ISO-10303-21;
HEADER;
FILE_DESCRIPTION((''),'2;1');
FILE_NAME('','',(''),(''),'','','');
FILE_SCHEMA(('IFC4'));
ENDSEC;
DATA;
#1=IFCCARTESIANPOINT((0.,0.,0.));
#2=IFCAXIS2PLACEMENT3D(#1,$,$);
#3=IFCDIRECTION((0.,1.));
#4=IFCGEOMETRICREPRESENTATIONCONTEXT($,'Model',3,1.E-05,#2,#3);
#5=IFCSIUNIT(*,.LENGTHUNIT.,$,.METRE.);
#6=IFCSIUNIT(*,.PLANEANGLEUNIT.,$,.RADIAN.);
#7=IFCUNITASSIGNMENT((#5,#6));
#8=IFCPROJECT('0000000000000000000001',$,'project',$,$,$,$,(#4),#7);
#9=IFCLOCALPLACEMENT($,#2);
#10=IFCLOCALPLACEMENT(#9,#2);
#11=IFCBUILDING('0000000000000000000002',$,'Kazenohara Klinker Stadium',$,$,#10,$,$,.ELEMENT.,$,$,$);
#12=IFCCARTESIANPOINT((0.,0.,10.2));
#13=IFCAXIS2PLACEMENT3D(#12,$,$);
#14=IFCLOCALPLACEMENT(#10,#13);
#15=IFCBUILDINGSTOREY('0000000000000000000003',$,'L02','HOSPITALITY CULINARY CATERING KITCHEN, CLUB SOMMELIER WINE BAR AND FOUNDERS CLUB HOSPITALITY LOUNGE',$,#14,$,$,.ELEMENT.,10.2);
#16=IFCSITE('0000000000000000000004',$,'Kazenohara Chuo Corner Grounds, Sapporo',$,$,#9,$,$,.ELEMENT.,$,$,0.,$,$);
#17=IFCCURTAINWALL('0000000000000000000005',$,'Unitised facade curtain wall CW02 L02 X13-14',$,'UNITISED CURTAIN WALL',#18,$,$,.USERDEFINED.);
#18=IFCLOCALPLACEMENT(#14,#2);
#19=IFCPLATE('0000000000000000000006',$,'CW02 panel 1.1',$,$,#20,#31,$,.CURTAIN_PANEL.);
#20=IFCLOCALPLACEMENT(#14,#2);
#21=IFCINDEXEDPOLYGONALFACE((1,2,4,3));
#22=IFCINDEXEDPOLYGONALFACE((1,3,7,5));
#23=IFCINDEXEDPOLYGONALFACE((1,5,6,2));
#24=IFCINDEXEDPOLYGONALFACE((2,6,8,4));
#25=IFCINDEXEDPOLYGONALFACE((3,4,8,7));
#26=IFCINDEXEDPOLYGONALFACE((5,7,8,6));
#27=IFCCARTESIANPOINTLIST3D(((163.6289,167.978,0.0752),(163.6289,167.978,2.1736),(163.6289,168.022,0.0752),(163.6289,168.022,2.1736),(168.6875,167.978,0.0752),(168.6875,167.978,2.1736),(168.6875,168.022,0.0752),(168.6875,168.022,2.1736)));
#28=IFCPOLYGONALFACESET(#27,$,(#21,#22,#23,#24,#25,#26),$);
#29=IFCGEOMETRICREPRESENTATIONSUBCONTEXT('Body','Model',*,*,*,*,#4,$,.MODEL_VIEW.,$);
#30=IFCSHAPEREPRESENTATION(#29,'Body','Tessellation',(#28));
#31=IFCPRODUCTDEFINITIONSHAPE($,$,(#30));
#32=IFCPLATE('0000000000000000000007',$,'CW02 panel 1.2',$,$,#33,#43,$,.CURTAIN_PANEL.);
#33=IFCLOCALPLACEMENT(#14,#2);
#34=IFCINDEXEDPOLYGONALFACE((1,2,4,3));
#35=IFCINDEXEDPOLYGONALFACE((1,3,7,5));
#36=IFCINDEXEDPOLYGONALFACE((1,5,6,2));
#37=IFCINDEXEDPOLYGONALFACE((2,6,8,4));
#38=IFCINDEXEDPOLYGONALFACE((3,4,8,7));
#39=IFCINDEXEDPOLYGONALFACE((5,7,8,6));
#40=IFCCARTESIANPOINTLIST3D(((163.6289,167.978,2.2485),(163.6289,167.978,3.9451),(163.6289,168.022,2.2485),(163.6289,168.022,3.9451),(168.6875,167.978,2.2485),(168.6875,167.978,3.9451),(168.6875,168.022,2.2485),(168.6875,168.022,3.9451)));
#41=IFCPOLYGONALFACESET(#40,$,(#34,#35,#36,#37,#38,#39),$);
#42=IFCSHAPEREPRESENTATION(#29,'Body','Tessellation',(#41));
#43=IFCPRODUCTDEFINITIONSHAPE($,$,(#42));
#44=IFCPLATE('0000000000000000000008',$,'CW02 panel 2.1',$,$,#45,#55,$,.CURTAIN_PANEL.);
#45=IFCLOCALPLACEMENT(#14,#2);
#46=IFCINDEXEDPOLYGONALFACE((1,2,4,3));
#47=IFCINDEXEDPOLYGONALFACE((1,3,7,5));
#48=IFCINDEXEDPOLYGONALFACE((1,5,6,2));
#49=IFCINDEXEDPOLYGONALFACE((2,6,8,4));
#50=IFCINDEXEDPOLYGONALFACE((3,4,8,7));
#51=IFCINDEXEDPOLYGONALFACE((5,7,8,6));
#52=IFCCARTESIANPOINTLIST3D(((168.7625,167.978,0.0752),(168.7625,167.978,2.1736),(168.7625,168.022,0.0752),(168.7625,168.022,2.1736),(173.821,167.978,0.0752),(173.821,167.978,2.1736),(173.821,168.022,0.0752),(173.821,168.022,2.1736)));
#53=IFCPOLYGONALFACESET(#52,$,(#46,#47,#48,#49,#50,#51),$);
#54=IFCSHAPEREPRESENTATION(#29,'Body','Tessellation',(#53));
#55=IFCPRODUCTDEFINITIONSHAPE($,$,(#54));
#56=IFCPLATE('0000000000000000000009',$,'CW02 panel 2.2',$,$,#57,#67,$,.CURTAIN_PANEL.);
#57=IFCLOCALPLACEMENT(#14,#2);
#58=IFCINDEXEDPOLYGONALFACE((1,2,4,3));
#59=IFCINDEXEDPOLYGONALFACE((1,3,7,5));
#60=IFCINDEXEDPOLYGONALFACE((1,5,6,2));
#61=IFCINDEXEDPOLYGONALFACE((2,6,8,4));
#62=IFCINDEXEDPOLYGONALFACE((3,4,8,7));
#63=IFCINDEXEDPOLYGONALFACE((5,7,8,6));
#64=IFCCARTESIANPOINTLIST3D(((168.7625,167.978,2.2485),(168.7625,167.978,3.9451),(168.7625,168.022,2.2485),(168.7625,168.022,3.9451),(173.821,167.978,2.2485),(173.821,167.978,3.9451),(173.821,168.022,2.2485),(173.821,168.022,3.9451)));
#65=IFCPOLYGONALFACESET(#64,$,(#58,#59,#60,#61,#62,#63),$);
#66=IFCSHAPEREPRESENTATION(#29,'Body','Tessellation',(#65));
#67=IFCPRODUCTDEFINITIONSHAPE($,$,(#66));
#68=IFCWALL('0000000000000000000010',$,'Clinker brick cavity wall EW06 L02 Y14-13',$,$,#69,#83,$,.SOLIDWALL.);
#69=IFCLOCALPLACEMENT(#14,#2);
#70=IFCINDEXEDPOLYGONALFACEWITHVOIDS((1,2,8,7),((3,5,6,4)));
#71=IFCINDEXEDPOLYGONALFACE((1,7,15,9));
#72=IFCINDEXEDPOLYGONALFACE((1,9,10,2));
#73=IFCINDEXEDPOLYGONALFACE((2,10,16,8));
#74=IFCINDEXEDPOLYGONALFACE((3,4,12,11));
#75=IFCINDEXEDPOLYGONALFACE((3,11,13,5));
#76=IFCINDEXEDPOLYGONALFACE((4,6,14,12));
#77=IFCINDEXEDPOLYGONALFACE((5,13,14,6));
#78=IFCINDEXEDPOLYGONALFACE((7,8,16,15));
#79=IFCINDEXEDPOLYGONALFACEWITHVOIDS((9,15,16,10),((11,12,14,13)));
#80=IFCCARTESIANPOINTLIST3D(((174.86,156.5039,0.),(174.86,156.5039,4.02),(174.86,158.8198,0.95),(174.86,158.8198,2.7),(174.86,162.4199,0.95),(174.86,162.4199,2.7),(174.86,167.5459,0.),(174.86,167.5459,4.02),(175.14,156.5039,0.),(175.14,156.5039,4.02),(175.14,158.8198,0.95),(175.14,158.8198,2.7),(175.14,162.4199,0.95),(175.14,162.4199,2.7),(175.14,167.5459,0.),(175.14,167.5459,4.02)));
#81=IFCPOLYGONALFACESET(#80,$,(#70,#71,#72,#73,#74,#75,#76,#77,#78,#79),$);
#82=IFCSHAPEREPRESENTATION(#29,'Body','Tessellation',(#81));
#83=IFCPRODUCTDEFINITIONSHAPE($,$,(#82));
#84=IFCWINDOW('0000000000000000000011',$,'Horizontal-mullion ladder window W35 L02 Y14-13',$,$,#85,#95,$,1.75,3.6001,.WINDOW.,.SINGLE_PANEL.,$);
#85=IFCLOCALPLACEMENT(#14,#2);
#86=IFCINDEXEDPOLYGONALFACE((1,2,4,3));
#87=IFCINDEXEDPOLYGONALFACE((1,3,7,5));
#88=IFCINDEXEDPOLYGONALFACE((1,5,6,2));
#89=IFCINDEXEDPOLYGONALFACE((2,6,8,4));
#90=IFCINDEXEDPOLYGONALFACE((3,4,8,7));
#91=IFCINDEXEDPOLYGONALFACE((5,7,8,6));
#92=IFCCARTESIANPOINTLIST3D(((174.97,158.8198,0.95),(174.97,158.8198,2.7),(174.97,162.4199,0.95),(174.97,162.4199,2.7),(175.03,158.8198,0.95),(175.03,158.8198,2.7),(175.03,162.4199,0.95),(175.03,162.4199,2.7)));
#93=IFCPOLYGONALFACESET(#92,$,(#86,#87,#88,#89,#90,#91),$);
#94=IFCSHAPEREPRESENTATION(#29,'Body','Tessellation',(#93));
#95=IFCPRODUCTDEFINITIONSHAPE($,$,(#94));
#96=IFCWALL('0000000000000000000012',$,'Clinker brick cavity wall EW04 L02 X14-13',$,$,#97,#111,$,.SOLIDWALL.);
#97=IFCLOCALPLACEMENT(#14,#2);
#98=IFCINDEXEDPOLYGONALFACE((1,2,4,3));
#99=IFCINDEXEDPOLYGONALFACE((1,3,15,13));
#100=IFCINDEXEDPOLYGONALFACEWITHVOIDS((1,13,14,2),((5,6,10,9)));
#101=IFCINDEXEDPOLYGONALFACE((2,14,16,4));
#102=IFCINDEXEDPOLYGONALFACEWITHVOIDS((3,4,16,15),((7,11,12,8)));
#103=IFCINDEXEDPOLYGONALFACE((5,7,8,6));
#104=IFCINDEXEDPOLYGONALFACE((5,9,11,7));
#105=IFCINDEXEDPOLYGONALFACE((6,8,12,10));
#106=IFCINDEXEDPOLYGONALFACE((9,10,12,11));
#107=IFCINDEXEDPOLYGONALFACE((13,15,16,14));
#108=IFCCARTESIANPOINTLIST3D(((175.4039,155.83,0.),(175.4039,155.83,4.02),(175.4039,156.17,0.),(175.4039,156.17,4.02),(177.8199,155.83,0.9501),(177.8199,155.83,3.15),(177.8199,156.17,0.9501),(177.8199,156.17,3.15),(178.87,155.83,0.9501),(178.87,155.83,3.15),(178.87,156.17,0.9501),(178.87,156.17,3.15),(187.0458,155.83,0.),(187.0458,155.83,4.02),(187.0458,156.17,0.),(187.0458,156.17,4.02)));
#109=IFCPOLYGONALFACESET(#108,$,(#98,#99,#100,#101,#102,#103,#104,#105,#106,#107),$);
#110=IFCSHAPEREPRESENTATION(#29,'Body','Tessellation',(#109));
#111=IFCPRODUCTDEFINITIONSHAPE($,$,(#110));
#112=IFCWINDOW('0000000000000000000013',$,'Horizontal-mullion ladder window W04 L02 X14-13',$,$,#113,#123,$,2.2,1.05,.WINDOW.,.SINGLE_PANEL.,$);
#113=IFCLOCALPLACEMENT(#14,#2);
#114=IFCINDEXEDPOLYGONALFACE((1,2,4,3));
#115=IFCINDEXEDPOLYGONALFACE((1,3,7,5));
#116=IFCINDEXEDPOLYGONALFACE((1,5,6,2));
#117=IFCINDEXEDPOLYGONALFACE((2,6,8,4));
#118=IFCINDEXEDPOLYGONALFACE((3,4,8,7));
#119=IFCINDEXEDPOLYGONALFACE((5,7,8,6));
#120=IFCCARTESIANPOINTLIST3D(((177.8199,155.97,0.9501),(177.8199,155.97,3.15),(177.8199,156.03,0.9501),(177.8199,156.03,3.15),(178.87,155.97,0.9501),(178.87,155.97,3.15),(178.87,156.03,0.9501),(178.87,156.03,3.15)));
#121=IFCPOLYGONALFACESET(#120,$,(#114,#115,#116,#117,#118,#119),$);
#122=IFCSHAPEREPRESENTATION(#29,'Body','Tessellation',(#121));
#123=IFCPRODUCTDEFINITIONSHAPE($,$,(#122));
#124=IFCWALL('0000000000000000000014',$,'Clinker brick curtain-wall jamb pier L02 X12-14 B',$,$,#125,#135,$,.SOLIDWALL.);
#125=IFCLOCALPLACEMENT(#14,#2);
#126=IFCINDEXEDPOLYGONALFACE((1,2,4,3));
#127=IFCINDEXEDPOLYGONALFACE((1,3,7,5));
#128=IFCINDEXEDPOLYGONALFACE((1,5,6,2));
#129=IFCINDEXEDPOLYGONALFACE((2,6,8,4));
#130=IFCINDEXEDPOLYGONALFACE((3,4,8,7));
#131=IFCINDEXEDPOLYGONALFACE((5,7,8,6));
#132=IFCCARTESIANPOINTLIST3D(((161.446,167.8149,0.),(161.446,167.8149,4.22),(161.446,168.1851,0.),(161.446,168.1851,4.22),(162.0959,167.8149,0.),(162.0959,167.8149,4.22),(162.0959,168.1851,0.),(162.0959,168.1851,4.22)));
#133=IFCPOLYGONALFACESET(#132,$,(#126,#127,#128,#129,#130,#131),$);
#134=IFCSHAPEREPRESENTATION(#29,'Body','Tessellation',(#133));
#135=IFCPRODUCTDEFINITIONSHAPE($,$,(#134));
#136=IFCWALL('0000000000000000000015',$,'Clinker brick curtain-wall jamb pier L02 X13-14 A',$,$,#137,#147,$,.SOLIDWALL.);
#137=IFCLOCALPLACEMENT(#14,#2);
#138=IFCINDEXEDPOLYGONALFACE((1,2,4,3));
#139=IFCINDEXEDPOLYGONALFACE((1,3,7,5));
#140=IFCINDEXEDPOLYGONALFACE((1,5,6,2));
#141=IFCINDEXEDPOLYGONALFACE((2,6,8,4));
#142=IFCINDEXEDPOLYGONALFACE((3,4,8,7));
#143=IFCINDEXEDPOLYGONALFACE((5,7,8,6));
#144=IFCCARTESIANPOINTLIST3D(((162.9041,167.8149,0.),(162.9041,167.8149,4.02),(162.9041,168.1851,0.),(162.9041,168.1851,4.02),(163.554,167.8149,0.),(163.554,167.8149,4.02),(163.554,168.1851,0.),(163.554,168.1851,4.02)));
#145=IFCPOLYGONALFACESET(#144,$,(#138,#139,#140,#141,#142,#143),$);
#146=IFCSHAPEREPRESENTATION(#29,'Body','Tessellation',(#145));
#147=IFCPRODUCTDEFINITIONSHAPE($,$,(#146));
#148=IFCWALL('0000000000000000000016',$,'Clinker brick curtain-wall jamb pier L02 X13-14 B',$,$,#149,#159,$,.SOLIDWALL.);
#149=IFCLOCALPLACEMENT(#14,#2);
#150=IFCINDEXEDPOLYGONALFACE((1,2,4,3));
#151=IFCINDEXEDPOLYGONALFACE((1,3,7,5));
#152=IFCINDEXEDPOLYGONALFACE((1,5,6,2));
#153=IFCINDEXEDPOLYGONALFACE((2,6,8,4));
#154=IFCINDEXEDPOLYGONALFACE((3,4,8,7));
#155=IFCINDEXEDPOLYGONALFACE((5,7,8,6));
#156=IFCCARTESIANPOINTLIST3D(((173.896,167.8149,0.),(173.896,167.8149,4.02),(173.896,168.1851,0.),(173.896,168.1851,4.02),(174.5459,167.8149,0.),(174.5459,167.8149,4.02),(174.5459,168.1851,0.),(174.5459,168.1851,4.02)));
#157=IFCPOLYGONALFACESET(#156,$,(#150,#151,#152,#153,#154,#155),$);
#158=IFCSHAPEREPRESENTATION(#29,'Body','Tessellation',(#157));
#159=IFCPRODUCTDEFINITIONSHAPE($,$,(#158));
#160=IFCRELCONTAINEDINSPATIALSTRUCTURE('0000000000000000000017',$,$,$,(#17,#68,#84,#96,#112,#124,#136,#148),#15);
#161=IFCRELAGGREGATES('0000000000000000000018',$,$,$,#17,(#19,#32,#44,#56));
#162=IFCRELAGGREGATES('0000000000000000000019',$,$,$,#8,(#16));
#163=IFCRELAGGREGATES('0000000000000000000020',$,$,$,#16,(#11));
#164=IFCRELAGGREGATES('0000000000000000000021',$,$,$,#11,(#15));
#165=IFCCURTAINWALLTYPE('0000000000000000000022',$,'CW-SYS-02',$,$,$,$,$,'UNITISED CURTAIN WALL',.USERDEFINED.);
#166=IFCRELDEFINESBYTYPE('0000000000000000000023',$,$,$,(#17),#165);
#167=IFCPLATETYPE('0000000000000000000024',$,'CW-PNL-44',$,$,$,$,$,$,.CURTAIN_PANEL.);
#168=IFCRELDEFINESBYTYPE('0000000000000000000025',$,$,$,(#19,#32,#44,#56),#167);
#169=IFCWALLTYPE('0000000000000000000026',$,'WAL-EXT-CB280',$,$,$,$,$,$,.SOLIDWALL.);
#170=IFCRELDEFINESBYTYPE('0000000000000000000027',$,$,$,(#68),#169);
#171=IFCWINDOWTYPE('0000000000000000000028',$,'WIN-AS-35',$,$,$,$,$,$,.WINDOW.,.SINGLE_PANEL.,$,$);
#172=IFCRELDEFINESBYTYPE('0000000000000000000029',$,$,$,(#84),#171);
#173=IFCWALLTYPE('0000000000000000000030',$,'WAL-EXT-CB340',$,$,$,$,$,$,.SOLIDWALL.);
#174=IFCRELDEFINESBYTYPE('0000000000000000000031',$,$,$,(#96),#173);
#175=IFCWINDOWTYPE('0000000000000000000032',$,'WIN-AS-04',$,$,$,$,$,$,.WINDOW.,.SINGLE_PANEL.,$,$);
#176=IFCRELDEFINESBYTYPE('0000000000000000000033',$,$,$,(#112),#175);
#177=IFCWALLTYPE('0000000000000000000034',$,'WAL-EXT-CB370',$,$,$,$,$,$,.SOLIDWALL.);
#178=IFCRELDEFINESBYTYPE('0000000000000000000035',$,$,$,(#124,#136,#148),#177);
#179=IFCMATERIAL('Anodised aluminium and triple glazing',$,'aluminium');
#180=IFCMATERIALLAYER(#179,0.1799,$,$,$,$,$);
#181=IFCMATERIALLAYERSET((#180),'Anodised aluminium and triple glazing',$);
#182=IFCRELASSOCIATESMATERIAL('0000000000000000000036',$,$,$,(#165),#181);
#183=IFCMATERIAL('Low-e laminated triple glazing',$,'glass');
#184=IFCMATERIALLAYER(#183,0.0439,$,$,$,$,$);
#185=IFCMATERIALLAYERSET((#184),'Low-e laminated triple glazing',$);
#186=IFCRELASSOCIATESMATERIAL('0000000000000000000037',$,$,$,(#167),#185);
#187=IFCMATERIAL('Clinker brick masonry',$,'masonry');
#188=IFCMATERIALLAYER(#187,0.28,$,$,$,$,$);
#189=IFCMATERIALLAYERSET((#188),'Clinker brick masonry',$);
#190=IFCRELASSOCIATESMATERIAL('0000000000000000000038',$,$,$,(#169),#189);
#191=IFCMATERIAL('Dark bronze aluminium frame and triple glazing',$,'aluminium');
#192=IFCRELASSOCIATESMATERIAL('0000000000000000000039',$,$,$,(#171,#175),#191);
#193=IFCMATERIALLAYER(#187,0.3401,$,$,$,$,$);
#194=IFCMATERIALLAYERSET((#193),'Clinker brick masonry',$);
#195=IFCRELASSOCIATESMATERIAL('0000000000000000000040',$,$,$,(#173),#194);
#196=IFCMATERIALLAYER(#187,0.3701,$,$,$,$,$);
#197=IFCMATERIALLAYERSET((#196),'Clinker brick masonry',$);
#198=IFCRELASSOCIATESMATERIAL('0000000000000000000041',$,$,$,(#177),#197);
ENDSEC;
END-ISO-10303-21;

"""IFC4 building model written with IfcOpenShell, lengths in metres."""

from ifc_helpers import new_model, si_unit, direction, frame, frame_2d, origin, origin_2d, place, context, subcontext, project, spatial, rectangle, extrude, material, layer, layer_set, type_object, element, fill, aggregate, save


model = new_model("IFC4")

# Units and contexts
model_context = context("Model", 3, precision=1e-05, world=origin(), true_north=direction((0.0, 1.0)))
body_context = subcontext(model_context, "Body", "Model", "MODEL_VIEW")
ifc_project = project(units=[si_unit("LENGTHUNIT", "METRE"), si_unit("PLANEANGLEUNIT", "RADIAN")], contexts=[model_context])

# Site, building, storey
site_placement = place(None, origin())
site = spatial("IfcSite", under=ifc_project, at=site_placement, Name="Kazenohara Chuo Corner Grounds, Sapporo", CompositionType="ELEMENT", RefElevation=0.0)
building_placement = place(site_placement, origin())
building = spatial("IfcBuilding", under=site, at=building_placement, Name="Kazenohara Klinker Stadium", CompositionType="ELEMENT")
storey_placement = place(building_placement, frame((0.0, 0.0, 10.2)))
storey = spatial("IfcBuildingStorey", under=building, at=storey_placement, Name="L02", Description="HOSPITALITY CULINARY CATERING KITCHEN, CLUB SOMMELIER WINE BAR AND FOUNDERS CLUB HOSPITALITY LOUNGE", CompositionType="ELEMENT", Elevation=10.2)

# Shared definitions
ifc_material_1 = material(Name="Anodised aluminium and triple glazing", Category="aluminium")

# Curtain wall
ifc_layer_1 = layer(ifc_material_1, 0.1799)
ifc_layer_set_1 = layer_set([ifc_layer_1], Name="Anodised aluminium and triple glazing")
curtain_wall_type_1 = type_object("IfcCurtainWallType", Name="CW-SYS-02", ElementType="UNITISED CURTAIN WALL", PredefinedType="USERDEFINED", material=ifc_layer_set_1)
curtain_wall_1_placement = place(storey_placement, origin())
curtain_wall_1 = element("IfcCurtainWall", 1, at=curtain_wall_1_placement, inside=storey, type_object=curtain_wall_type_1, Name="Unitised facade curtain wall CW02 L02 X13-14", ObjectType="UNITISED CURTAIN WALL", PredefinedType="USERDEFINED")

# Plates
ifc_material_2 = material(Name="Low-e laminated triple glazing", Category="glass")
ifc_layer_2 = layer(ifc_material_2, 0.0439)
ifc_layer_set_2 = layer_set([ifc_layer_2], Name="Low-e laminated triple glazing")
plate_type = type_object("IfcPlateType", Name="CW-PNL-44", PredefinedType="CURTAIN_PANEL", material=ifc_layer_set_2)
plate_1_placement = place(storey_placement, frame((166.1582, 168.0, 0.0752), z_axis=(0.0, 0.0, 1.0), x_axis=(1.0, 0.0, 0.0)))
plate_1 = element("IfcPlate", 2, at=plate_1_placement, type_object=plate_type, Name="CW02 panel 1.1", PredefinedType="CURTAIN_PANEL", context=body_context, shape_type="SweptSolid", body=[
    extrude(rectangle(XDim=5.0586, YDim=0.0439, at=origin_2d()), origin(), (0.0, 0.0, 1.0), 2.0984),
])
plate_2_placement = place(storey_placement, frame((166.1582, 168.0, 2.2485), z_axis=(0.0, 0.0, 1.0), x_axis=(1.0, 0.0, 0.0)))
plate_2 = element("IfcPlate", 3, at=plate_2_placement, type_object=plate_type, Name="CW02 panel 1.2", PredefinedType="CURTAIN_PANEL", context=body_context, shape_type="SweptSolid", body=[
    extrude(rectangle(XDim=5.0586, YDim=0.0439, at=origin_2d()), origin(), (0.0, 0.0, 1.0), 1.6965),
])
plate_3_placement = place(storey_placement, frame((171.2917, 168.0, 0.0752), z_axis=(0.0, 0.0, 1.0), x_axis=(1.0, 0.0, 0.0)))
plate_3 = element("IfcPlate", 4, at=plate_3_placement, type_object=plate_type, Name="CW02 panel 2.1", PredefinedType="CURTAIN_PANEL", context=body_context, shape_type="SweptSolid", body=[
    extrude(rectangle(XDim=5.0586, YDim=0.0439, at=origin_2d()), origin(), (0.0, 0.0, 1.0), 2.0984),
])
plate_4_placement = place(storey_placement, frame((171.2917, 168.0, 2.2485), z_axis=(0.0, 0.0, 1.0), x_axis=(1.0, 0.0, 0.0)))
plate_4 = element("IfcPlate", 5, at=plate_4_placement, type_object=plate_type, Name="CW02 panel 2.2", PredefinedType="CURTAIN_PANEL", context=body_context, shape_type="SweptSolid", body=[
    extrude(rectangle(XDim=5.0586, YDim=0.0439, at=origin_2d()), origin(), (0.0, 0.0, 1.0), 1.6965),
])
aggregate(curtain_wall_1, [plate_1, plate_2, plate_3, plate_4])

# Walls, openings, windows
ifc_material_3 = material(Name="Clinker brick masonry", Category="masonry")
ifc_layer_3 = layer(ifc_material_3, 0.28)
ifc_layer_set_3 = layer_set([ifc_layer_3], Name="Clinker brick masonry")
wall_type_1 = type_object("IfcWallType", Name="WAL-EXT-CB280", PredefinedType="SOLIDWALL", material=ifc_layer_set_3)
wall_1_placement = place(storey_placement, frame((175.0, 156.5039, 0.0), z_axis=(0.0, 0.0, 1.0), x_axis=(0.0, 1.0, 0.0)))
wall_1 = element("IfcWall", 6, at=wall_1_placement, inside=storey, type_object=wall_type_1, Name="Clinker brick cavity wall EW06 L02 Y14-13", PredefinedType="SOLIDWALL", context=body_context, shape_type="SweptSolid", body=[
    extrude(rectangle(XDim=11.042, YDim=0.28, at=frame_2d((5.521, 0.0))), origin(), (0.0, 0.0, 1.0), 4.02),
])
opening_1_placement = place(wall_1_placement, frame((2.3159, 0.0, 0.95)))
opening_1 = element("IfcOpeningElement", 7, at=opening_1_placement, cuts=wall_1, PredefinedType="OPENING", context=body_context, shape_type="SweptSolid", body=[
    extrude(rectangle(XDim=3.6001, YDim=1.75, at=frame_2d((1.8, 0.875))), frame((0.0, 0.1499, 0.0), z_axis=(0.0, -1.0, 0.0), x_axis=(1.0, 0.0, 0.0)), (0.0, 0.0, 1.0), 0.3),
])
ifc_material_4 = material(Name="Dark bronze aluminium frame and triple glazing", Category="aluminium")
window_type_1 = type_object("IfcWindowType", Name="WIN-AS-35", PartitioningType="SINGLE_PANEL", PredefinedType="WINDOW", material=ifc_material_4)
window_1_placement = place(opening_1_placement, origin())
window_1 = element("IfcWindow", 8, at=window_1_placement, inside=storey, type_object=window_type_1, Name="Horizontal-mullion ladder window W35 L02 Y14-13", OverallHeight=1.75, OverallWidth=3.6001, PartitioningType="SINGLE_PANEL", PredefinedType="WINDOW", context=body_context, shape_type="SweptSolid", body=[
    extrude(rectangle(XDim=3.6001, YDim=1.75, at=frame_2d((1.8, 0.875))), frame((0.0, 0.03, 0.0), z_axis=(0.0, -1.0, 0.0), x_axis=(1.0, 0.0, 0.0)), (0.0, 0.0, 1.0), 0.0601),
])
fill(opening_1, window_1)
ifc_layer_4 = layer(ifc_material_3, 0.3401)
ifc_layer_set_4 = layer_set([ifc_layer_4], Name="Clinker brick masonry")
wall_type_2 = type_object("IfcWallType", Name="WAL-EXT-CB340", PredefinedType="SOLIDWALL", material=ifc_layer_set_4)
wall_2_placement = place(storey_placement, frame((175.4041, 156.0, 0.0), z_axis=(0.0, 0.0, 1.0), x_axis=(1.0, 0.0, 0.0)))
wall_2 = element("IfcWall", 9, at=wall_2_placement, inside=storey, type_object=wall_type_2, Name="Clinker brick cavity wall EW04 L02 X14-13", PredefinedType="SOLIDWALL", context=body_context, shape_type="SweptSolid", body=[
    extrude(rectangle(XDim=11.6418, YDim=0.3401, at=frame_2d((5.8208, 0.0))), origin(), (0.0, 0.0, 1.0), 4.02),
])
opening_2_placement = place(wall_2_placement, frame((2.416, 0.0, 0.95)))
opening_2 = element("IfcOpeningElement", 10, at=opening_2_placement, cuts=wall_2, PredefinedType="OPENING", context=body_context, shape_type="SweptSolid", body=[
    extrude(rectangle(XDim=1.05, YDim=2.2, at=frame_2d((0.5249, 1.1001))), frame((0.0, 0.1802, 0.0), z_axis=(0.0, -1.0, 0.0), x_axis=(1.0, 0.0, 0.0)), (0.0, 0.0, 1.0), 0.3601),
])
window_type_2 = type_object("IfcWindowType", Name="WIN-AS-04", PartitioningType="SINGLE_PANEL", PredefinedType="WINDOW", material=ifc_material_4)
window_2_placement = place(opening_2_placement, origin())
window_2 = element("IfcWindow", 11, at=window_2_placement, inside=storey, type_object=window_type_2, Name="Horizontal-mullion ladder window W04 L02 X14-13", OverallHeight=2.2, OverallWidth=1.05, PartitioningType="SINGLE_PANEL", PredefinedType="WINDOW", context=body_context, shape_type="SweptSolid", body=[
    extrude(rectangle(XDim=1.05, YDim=2.2, at=frame_2d((0.5249, 1.1001))), frame((0.0, 0.03, 0.0), z_axis=(0.0, -1.0, 0.0), x_axis=(1.0, 0.0, 0.0)), (0.0, 0.0, 1.0), 0.0601),
])
fill(opening_2, window_2)

# Walls
ifc_layer_5 = layer(ifc_material_3, 0.3701)
ifc_layer_set_5 = layer_set([ifc_layer_5], Name="Clinker brick masonry")
wall_type_3 = type_object("IfcWallType", Name="WAL-EXT-CB370", PredefinedType="SOLIDWALL", material=ifc_layer_set_5)
wall_3_placement = place(storey_placement, frame((161.446, 168.0, 0.0), z_axis=(0.0, 0.0, 1.0), x_axis=(1.0, 0.0, 0.0)))
element("IfcWall", 12, at=wall_3_placement, inside=storey, type_object=wall_type_3, Name="Clinker brick curtain-wall jamb pier L02 X12-14 B", PredefinedType="SOLIDWALL", context=body_context, shape_type="SweptSolid", body=[
    extrude(rectangle(XDim=0.6499, YDim=0.3701, at=frame_2d((0.325, 0.0))), origin(), (0.0, 0.0, 1.0), 4.22),
])
for number, where, z_axis, x_axis, name in (
    (13, (162.9041, 168.0, 0.0), (0.0, 0.0, 1.0), (1.0, 0.0, 0.0), "Clinker brick curtain-wall jamb pier L02 X13-14 A"),
    (14, (173.896, 168.0, 0.0), (0.0, 0.0, 1.0), (1.0, 0.0, 0.0), "Clinker brick curtain-wall jamb pier L02 X13-14 B"),
):
    element("IfcWall", number, at=place(storey_placement, frame(where, z_axis=z_axis, x_axis=x_axis)), inside=storey, type_object=wall_type_3, Name=name, PredefinedType="SOLIDWALL", context=body_context, shape_type="SweptSolid", body=[
        extrude(rectangle(XDim=0.6499, YDim=0.3701, at=frame_2d((0.325, 0.0))), origin(), (0.0, 0.0, 1.0), 4.02),
    ])

save(model, "model.ifc")
